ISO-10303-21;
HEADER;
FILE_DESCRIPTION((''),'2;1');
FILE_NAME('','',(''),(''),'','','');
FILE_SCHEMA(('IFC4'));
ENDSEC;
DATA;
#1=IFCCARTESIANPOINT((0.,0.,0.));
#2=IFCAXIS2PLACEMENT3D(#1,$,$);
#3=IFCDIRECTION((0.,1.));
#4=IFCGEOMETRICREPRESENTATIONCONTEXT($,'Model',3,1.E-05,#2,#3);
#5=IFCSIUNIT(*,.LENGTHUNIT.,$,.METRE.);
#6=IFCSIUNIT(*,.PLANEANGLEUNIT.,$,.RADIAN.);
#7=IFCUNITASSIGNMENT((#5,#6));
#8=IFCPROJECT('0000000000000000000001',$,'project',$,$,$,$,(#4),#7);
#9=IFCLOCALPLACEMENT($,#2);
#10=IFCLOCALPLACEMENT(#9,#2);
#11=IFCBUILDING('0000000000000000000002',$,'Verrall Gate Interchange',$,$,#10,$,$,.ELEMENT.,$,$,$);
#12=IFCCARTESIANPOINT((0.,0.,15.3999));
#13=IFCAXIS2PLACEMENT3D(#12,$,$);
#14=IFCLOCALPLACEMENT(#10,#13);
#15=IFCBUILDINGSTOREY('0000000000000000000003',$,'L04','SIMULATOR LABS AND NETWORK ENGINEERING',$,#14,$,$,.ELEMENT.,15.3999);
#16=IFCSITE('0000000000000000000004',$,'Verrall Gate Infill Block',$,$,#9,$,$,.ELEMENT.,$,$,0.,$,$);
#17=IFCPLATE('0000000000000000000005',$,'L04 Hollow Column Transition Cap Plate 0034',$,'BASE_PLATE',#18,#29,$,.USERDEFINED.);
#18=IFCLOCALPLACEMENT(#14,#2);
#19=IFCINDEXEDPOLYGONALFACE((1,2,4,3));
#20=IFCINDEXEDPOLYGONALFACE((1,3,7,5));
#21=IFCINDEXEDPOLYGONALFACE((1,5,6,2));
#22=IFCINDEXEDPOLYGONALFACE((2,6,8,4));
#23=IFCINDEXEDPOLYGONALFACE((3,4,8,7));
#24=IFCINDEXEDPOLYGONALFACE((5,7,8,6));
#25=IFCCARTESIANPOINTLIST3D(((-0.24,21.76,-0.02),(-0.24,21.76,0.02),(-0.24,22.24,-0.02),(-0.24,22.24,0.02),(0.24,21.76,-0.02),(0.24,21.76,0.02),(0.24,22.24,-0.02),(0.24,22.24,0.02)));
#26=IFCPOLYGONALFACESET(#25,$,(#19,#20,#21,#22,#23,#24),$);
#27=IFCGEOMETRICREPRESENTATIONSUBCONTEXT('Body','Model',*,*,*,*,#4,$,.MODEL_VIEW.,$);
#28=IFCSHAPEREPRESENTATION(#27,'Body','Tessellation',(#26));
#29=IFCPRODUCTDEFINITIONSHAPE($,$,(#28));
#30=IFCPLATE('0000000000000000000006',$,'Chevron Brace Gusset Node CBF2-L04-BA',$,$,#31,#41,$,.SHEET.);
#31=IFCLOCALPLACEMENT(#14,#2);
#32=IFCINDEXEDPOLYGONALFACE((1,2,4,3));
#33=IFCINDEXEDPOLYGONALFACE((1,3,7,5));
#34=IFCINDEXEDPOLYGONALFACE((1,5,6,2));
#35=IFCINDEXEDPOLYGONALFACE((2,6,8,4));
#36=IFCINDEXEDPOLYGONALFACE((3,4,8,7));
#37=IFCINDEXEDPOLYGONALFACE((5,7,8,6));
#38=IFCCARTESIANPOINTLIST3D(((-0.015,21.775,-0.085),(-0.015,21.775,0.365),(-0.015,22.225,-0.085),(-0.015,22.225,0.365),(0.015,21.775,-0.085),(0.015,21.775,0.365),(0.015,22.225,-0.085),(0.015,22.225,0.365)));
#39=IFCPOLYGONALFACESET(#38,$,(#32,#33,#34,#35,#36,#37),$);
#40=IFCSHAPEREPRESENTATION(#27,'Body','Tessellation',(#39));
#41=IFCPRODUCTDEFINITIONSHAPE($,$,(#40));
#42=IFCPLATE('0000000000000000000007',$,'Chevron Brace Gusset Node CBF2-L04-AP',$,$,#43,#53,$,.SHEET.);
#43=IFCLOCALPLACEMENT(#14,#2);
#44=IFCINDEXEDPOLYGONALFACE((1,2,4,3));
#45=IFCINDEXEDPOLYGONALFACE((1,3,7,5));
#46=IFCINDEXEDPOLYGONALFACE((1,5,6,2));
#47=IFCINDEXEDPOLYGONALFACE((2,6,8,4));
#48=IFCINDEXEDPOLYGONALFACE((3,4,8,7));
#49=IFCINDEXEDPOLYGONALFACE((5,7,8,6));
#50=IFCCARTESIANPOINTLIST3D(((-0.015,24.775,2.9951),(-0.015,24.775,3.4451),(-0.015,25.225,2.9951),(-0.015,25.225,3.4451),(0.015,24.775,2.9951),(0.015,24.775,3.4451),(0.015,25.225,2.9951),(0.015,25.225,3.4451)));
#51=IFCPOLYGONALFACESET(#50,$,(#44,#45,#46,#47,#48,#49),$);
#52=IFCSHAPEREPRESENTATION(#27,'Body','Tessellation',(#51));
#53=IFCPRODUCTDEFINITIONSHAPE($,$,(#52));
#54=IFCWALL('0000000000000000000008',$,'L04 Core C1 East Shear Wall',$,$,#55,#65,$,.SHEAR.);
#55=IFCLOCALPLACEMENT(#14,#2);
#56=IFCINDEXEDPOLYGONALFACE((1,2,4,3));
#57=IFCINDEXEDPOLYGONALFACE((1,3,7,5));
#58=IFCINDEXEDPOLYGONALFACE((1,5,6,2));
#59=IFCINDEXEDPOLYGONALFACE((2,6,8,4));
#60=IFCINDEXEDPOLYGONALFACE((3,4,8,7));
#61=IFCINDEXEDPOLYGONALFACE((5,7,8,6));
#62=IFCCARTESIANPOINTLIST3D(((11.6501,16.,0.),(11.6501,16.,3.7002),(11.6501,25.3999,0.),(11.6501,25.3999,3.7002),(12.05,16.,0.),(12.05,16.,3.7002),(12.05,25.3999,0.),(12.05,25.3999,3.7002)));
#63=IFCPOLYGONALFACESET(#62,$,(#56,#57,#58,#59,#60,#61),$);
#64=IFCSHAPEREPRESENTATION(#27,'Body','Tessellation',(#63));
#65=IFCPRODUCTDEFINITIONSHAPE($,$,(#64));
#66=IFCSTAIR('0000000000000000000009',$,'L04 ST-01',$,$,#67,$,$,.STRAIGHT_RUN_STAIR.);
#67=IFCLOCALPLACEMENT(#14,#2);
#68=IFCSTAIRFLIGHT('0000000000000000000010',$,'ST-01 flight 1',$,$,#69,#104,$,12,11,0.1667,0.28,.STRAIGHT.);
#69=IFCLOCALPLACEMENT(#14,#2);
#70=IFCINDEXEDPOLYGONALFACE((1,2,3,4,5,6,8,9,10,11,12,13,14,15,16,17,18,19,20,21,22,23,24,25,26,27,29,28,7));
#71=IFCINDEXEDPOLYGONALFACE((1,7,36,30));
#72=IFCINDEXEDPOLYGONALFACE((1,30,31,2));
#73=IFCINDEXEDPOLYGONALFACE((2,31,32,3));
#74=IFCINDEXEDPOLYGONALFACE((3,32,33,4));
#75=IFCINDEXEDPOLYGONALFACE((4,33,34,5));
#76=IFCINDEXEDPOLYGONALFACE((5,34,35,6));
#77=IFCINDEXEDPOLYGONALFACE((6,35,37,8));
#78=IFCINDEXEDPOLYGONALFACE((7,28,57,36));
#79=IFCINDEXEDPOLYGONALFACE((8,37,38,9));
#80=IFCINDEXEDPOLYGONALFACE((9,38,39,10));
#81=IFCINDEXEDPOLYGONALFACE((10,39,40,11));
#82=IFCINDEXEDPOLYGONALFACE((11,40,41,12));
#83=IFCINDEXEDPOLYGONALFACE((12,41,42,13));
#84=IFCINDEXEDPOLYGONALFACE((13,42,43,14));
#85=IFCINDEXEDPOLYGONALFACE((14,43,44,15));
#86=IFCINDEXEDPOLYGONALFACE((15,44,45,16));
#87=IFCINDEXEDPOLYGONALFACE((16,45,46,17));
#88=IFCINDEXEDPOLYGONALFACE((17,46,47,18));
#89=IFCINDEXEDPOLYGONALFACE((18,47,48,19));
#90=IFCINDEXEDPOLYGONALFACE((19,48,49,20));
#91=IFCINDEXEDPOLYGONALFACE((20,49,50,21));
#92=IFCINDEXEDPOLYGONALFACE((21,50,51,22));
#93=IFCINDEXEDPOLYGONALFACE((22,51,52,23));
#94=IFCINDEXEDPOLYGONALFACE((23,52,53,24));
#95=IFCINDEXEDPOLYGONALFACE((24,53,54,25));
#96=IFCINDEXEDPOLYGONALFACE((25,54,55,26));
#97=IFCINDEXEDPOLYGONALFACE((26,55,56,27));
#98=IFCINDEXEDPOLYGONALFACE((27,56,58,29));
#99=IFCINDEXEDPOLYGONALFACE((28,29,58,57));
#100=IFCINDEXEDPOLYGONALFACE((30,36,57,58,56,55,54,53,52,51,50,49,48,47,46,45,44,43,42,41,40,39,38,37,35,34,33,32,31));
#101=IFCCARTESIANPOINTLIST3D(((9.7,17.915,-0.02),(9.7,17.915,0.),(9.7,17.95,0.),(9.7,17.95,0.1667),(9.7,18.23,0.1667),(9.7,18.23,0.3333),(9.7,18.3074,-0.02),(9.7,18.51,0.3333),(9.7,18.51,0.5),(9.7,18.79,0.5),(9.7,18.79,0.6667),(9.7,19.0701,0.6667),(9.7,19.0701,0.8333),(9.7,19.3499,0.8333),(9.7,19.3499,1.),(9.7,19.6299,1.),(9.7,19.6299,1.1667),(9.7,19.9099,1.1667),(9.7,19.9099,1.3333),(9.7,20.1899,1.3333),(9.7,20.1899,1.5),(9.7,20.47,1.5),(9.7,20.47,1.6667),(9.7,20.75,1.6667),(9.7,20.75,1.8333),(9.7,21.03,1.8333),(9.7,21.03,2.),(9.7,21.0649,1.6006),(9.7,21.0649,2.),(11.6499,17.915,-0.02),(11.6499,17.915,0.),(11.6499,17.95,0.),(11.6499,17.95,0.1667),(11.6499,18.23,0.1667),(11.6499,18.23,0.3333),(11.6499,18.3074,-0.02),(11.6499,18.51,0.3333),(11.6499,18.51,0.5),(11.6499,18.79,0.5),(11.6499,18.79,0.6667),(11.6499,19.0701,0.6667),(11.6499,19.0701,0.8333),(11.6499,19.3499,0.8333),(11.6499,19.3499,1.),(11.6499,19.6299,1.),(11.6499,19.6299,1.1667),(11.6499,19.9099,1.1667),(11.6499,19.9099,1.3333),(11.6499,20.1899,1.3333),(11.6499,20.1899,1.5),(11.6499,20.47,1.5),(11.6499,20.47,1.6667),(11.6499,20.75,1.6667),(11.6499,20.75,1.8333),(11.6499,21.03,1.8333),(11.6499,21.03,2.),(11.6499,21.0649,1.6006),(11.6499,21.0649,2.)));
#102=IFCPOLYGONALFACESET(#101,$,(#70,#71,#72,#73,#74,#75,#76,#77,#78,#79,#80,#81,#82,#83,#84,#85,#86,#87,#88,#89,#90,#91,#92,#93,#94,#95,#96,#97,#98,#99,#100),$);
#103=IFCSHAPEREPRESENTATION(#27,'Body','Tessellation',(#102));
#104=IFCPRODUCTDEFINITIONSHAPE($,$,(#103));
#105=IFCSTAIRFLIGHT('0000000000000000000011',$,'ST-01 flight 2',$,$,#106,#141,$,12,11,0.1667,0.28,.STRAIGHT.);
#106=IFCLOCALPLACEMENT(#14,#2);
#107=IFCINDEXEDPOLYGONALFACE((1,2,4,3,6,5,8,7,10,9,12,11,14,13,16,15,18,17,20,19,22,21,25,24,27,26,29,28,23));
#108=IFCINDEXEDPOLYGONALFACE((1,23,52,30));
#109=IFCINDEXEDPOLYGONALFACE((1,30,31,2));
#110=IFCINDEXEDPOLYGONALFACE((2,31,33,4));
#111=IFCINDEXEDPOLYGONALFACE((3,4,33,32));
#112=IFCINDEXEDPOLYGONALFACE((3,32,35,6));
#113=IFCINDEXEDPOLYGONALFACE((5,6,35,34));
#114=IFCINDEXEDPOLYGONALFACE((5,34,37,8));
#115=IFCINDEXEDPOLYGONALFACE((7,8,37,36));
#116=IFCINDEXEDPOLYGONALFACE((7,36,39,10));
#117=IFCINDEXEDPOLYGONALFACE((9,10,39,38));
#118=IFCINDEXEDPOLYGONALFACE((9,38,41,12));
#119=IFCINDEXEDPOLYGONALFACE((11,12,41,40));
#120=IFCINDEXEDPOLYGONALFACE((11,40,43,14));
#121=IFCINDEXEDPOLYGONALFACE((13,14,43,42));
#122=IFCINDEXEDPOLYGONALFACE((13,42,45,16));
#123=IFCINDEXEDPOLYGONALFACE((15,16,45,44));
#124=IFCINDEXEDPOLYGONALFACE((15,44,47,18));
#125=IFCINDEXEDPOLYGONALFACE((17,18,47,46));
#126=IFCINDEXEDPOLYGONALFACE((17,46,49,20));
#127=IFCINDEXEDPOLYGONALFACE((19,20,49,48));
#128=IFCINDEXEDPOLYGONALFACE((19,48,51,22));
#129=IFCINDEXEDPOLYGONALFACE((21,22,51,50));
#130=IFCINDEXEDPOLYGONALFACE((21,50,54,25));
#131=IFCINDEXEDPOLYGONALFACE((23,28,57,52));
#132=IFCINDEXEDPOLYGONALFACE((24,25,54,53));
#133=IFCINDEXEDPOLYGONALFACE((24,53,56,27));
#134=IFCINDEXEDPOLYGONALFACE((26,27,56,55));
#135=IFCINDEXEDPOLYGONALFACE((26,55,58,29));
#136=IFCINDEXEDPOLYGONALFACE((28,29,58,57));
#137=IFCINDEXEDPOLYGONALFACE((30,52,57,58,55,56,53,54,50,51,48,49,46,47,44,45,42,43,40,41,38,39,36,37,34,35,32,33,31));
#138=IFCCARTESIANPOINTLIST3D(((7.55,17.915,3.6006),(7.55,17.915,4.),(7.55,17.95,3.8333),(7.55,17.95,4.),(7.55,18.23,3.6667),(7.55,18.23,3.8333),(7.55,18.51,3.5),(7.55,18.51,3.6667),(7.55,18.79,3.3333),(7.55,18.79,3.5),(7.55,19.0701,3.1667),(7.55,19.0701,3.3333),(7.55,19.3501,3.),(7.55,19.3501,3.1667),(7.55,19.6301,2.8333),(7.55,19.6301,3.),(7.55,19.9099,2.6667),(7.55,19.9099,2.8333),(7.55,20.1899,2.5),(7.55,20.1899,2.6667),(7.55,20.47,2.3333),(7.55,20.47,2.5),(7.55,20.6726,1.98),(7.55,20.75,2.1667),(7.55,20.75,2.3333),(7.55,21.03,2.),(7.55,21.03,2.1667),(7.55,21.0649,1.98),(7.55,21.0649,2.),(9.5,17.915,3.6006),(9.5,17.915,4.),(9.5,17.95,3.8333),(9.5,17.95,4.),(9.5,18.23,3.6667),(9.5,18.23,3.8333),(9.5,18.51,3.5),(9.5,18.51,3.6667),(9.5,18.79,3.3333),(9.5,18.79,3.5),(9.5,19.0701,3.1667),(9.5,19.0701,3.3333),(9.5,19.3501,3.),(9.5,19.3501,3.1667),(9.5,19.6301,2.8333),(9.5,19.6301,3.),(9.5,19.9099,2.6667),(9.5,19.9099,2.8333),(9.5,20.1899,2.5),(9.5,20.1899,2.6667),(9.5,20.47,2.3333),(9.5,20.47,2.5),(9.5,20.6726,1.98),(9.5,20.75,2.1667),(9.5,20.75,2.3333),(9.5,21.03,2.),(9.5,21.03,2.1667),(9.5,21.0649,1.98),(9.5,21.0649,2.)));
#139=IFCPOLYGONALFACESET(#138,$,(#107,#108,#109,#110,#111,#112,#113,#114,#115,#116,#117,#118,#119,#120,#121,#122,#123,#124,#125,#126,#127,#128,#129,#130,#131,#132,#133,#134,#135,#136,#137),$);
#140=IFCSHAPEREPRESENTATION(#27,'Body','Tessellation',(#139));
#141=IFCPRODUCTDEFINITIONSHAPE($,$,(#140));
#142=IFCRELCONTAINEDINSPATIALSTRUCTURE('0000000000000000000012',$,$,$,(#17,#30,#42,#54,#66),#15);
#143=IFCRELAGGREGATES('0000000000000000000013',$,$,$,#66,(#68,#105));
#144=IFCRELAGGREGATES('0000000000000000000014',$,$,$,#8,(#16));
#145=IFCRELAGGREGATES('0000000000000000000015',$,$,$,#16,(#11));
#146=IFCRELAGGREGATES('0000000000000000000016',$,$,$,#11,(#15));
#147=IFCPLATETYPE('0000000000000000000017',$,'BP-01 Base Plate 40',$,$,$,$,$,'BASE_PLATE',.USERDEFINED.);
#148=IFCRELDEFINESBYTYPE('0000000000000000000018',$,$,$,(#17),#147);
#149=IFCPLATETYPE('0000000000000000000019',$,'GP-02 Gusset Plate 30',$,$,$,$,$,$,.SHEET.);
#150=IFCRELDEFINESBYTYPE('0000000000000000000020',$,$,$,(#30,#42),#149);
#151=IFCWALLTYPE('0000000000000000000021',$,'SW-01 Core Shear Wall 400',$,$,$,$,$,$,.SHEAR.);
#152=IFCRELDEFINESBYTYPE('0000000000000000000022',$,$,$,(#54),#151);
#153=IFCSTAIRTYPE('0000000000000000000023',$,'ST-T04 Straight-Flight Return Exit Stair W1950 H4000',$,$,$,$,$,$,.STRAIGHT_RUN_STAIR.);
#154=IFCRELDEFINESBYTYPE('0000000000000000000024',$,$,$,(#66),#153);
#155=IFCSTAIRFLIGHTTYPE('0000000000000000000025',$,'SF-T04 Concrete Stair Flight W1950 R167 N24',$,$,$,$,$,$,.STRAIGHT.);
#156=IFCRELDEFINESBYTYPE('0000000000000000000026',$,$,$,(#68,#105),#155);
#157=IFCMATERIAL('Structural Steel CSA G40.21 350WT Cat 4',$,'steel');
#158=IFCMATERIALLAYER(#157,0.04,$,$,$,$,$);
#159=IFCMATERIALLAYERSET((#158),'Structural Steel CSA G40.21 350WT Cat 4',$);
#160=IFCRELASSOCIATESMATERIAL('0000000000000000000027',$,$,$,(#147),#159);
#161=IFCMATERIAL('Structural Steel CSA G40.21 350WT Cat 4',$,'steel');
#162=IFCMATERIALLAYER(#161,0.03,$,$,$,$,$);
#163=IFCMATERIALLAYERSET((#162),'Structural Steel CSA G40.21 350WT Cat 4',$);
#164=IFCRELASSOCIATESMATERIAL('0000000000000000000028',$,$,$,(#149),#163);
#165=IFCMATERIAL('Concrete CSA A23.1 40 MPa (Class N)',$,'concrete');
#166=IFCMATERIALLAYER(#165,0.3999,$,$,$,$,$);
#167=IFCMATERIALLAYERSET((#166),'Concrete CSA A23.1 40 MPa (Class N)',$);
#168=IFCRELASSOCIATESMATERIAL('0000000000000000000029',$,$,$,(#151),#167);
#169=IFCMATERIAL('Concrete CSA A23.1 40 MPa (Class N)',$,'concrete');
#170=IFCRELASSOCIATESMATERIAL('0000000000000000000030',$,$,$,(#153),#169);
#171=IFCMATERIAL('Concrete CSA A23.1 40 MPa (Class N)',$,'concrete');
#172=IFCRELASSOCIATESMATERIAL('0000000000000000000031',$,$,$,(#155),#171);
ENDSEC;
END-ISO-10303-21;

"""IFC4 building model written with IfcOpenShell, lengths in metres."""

from ifc_helpers import new_model, si_unit, direction, frame, frame_2d, origin, origin_2d, place, context, subcontext, project, spatial, polyline, rectangle, outline, extrude, material, layer, layer_set, type_object, element, aggregate, save


model = new_model("IFC4")

# Units and contexts
model_context = context("Model", 3, precision=1e-05, world=origin(), true_north=direction((0.0, 1.0)))
body_context = subcontext(model_context, "Body", "Model", "MODEL_VIEW")
ifc_project = project(units=[si_unit("LENGTHUNIT", "METRE"), si_unit("PLANEANGLEUNIT", "RADIAN")], contexts=[model_context])

# Site, building, storey
site_placement = place(None, origin())
site = spatial("IfcSite", under=ifc_project, at=site_placement, Name="Verrall Gate Infill Block", CompositionType="ELEMENT", RefElevation=0.0)
building_placement = place(site_placement, origin())
building = spatial("IfcBuilding", under=site, at=building_placement, Name="Verrall Gate Interchange", CompositionType="ELEMENT")
storey_placement = place(building_placement, frame((0.0, 0.0, 15.3999)))
storey = spatial("IfcBuildingStorey", under=building, at=storey_placement, Name="L04", Description="SIMULATOR LABS AND NETWORK ENGINEERING", CompositionType="ELEMENT", Elevation=15.3999)

# Plates
ifc_material_1 = material(Name="Structural Steel CSA G40.21 350WT Cat 4", Category="steel")
ifc_layer_1 = layer(ifc_material_1, 0.04)
ifc_layer_set_1 = layer_set([ifc_layer_1], Name="Structural Steel CSA G40.21 350WT Cat 4")
plate_type_1 = type_object("IfcPlateType", Name="BP-01 Base Plate 40", ElementType="BASE_PLATE", PredefinedType="USERDEFINED", material=ifc_layer_set_1)
plate_placement = place(storey_placement, frame((0.0, 22.0, -0.02), z_axis=(0.0, 0.0, 1.0), x_axis=(1.0, 0.0, 0.0)))
element("IfcPlate", 1, at=plate_placement, inside=storey, type_object=plate_type_1, Name="L04 Hollow Column Transition Cap Plate 0034", ObjectType="BASE_PLATE", PredefinedType="USERDEFINED", context=body_context, shape_type="SweptSolid", body=[
    extrude(rectangle(XDim=0.48, YDim=0.48, at=origin_2d()), origin(), (0.0, 0.0, 1.0), 0.04),
])
ifc_material_2 = material(Name="Structural Steel CSA G40.21 350WT Cat 4", Category="steel")
ifc_layer_2 = layer(ifc_material_2, 0.03)
ifc_layer_set_2 = layer_set([ifc_layer_2], Name="Structural Steel CSA G40.21 350WT Cat 4")
plate_type_2 = type_object("IfcPlateType", Name="GP-02 Gusset Plate 30", PredefinedType="SHEET", material=ifc_layer_set_2)
for number, where, z_axis, x_axis, name in (
    (2, (0.0, 22.0, -0.085), (0.0, 0.0, 1.0), (1.0, 0.0, 0.0), "Chevron Brace Gusset Node CBF2-L04-BA"),
    (3, (0.0, 25.0, 2.9951), (0.0, 0.0, 1.0), (1.0, 0.0, 0.0), "Chevron Brace Gusset Node CBF2-L04-AP"),
):
    element("IfcPlate", number, at=place(storey_placement, frame(where, z_axis=z_axis, x_axis=x_axis)), inside=storey, type_object=plate_type_2, Name=name, PredefinedType="SHEET", context=body_context, shape_type="SweptSolid", body=[
        extrude(rectangle(XDim=0.03, YDim=0.45, at=origin_2d()), origin(), (0.0, 0.0, 1.0), 0.45),
    ])

# Wall
ifc_material_3 = material(Name="Concrete CSA A23.1 40 MPa (Class N)", Category="concrete")
ifc_layer_3 = layer(ifc_material_3, 0.3999)
ifc_layer_set_3 = layer_set([ifc_layer_3], Name="Concrete CSA A23.1 40 MPa (Class N)")
wall_type = type_object("IfcWallType", Name="SW-01 Core Shear Wall 400", PredefinedType="SHEAR", material=ifc_layer_set_3)
wall_placement = place(storey_placement, frame((11.8501, 16.0, 0.0), z_axis=(0.0, 0.0, 1.0), x_axis=(0.0, 1.0, 0.0)))
element("IfcWall", 4, at=wall_placement, inside=storey, type_object=wall_type, Name="L04 Core C1 East Shear Wall", PredefinedType="SHEAR", context=body_context, shape_type="SweptSolid", body=[
    extrude(rectangle(XDim=9.3999, YDim=0.3999, at=frame_2d((4.7, 0.0))), origin(), (0.0, 0.0, 1.0), 3.7002),
])

# Stair, stair flights
ifc_material_4 = material(Name="Concrete CSA A23.1 40 MPa (Class N)", Category="concrete")
stair_type = type_object("IfcStairType", Name="ST-T04 Straight-Flight Return Exit Stair W1950 H4000", PredefinedType="STRAIGHT_RUN_STAIR", material=ifc_material_4)
stair_placement = place(storey_placement, origin())
stair = element("IfcStair", 5, at=stair_placement, inside=storey, type_object=stair_type, Name="L04 ST-01", PredefinedType="STRAIGHT_RUN_STAIR")
ifc_material_5 = material(Name="Concrete CSA A23.1 40 MPa (Class N)", Category="concrete")
stair_flight_type = type_object("IfcStairFlightType", Name="SF-T04 Concrete Stair Flight W1950 R167 N24", PredefinedType="STRAIGHT", material=ifc_material_5)
stair_flight_1_placement = place(storey_placement, frame((10.675, 17.95, 0.0), z_axis=(0.0, 0.0, 1.0), x_axis=(0.0, 1.0, 0.0)))
stair_flight_1 = element("IfcStairFlight", 6, at=stair_flight_1_placement, type_object=stair_flight_type, Name="ST-01 flight 1", NumberOfRisers=12, NumberOfTreads=11, PredefinedType="STRAIGHT", RiserHeight=0.1667, TreadLength=0.28, context=body_context, shape_type="SweptSolid", body=[
    extrude(outline(polyline([(-0.0349, -0.02), (-0.0349, 0.0), (0.0, 0.0), (0.0, 0.1667), (0.28, 0.1667), (0.28, 0.3333), (0.5601, 0.3333), (0.5601, 0.5), (0.8401, 0.5), (0.8401, 0.6667), (1.1201, 0.6667), (1.1201, 0.8333), (1.3999, 0.8333), (1.3999, 1.0), (1.6799, 1.0), (1.6799, 1.1667), (1.96, 1.1667), (1.96, 1.3333), (2.24, 1.3333), (2.24, 1.5), (2.52, 1.5), (2.52, 1.6667), (2.8, 1.6667), (2.8, 1.8333), (3.0801, 1.8333), (3.0801, 2.0), (3.115, 2.0), (3.115, 1.6006), (0.3574, -0.02), (-0.0349, -0.02)])), frame((0.0, 0.9751, 0.0), z_axis=(0.0, -1.0, 0.0), x_axis=(1.0, 0.0, 0.0)), (0.0, 0.0, 1.0), 1.95),
])
stair_flight_2_placement = place(storey_placement, frame((8.5249, 21.03, 2.0), z_axis=(0.0, 0.0, 1.0), x_axis=(0.0, -1.0, 0.0)))
stair_flight_2 = element("IfcStairFlight", 7, at=stair_flight_2_placement, type_object=stair_flight_type, Name="ST-01 flight 2", NumberOfRisers=12, NumberOfTreads=11, PredefinedType="STRAIGHT", RiserHeight=0.1667, TreadLength=0.28, context=body_context, shape_type="SweptSolid", body=[
    extrude(outline(polyline([(-0.0349, -0.02), (-0.0349, 0.0), (0.0, 0.0), (0.0, 0.1667), (0.28, 0.1667), (0.28, 0.3333), (0.5601, 0.3333), (0.5601, 0.5), (0.8401, 0.5), (0.8401, 0.6667), (1.1201, 0.6667), (1.1201, 0.8333), (1.3999, 0.8333), (1.3999, 1.0), (1.6799, 1.0), (1.6799, 1.1667), (1.96, 1.1667), (1.96, 1.3333), (2.24, 1.3333), (2.24, 1.5), (2.52, 1.5), (2.52, 1.6667), (2.8, 1.6667), (2.8, 1.8333), (3.0801, 1.8333), (3.0801, 2.0), (3.115, 2.0), (3.115, 1.6006), (0.3574, -0.02), (-0.0349, -0.02)])), frame((0.0, 0.9751, 0.0), z_axis=(0.0, -1.0, 0.0), x_axis=(1.0, 0.0, 0.0)), (0.0, 0.0, 1.0), 1.95),
])
aggregate(stair, [stair_flight_1, stair_flight_2])

save(model, "model.ifc")
